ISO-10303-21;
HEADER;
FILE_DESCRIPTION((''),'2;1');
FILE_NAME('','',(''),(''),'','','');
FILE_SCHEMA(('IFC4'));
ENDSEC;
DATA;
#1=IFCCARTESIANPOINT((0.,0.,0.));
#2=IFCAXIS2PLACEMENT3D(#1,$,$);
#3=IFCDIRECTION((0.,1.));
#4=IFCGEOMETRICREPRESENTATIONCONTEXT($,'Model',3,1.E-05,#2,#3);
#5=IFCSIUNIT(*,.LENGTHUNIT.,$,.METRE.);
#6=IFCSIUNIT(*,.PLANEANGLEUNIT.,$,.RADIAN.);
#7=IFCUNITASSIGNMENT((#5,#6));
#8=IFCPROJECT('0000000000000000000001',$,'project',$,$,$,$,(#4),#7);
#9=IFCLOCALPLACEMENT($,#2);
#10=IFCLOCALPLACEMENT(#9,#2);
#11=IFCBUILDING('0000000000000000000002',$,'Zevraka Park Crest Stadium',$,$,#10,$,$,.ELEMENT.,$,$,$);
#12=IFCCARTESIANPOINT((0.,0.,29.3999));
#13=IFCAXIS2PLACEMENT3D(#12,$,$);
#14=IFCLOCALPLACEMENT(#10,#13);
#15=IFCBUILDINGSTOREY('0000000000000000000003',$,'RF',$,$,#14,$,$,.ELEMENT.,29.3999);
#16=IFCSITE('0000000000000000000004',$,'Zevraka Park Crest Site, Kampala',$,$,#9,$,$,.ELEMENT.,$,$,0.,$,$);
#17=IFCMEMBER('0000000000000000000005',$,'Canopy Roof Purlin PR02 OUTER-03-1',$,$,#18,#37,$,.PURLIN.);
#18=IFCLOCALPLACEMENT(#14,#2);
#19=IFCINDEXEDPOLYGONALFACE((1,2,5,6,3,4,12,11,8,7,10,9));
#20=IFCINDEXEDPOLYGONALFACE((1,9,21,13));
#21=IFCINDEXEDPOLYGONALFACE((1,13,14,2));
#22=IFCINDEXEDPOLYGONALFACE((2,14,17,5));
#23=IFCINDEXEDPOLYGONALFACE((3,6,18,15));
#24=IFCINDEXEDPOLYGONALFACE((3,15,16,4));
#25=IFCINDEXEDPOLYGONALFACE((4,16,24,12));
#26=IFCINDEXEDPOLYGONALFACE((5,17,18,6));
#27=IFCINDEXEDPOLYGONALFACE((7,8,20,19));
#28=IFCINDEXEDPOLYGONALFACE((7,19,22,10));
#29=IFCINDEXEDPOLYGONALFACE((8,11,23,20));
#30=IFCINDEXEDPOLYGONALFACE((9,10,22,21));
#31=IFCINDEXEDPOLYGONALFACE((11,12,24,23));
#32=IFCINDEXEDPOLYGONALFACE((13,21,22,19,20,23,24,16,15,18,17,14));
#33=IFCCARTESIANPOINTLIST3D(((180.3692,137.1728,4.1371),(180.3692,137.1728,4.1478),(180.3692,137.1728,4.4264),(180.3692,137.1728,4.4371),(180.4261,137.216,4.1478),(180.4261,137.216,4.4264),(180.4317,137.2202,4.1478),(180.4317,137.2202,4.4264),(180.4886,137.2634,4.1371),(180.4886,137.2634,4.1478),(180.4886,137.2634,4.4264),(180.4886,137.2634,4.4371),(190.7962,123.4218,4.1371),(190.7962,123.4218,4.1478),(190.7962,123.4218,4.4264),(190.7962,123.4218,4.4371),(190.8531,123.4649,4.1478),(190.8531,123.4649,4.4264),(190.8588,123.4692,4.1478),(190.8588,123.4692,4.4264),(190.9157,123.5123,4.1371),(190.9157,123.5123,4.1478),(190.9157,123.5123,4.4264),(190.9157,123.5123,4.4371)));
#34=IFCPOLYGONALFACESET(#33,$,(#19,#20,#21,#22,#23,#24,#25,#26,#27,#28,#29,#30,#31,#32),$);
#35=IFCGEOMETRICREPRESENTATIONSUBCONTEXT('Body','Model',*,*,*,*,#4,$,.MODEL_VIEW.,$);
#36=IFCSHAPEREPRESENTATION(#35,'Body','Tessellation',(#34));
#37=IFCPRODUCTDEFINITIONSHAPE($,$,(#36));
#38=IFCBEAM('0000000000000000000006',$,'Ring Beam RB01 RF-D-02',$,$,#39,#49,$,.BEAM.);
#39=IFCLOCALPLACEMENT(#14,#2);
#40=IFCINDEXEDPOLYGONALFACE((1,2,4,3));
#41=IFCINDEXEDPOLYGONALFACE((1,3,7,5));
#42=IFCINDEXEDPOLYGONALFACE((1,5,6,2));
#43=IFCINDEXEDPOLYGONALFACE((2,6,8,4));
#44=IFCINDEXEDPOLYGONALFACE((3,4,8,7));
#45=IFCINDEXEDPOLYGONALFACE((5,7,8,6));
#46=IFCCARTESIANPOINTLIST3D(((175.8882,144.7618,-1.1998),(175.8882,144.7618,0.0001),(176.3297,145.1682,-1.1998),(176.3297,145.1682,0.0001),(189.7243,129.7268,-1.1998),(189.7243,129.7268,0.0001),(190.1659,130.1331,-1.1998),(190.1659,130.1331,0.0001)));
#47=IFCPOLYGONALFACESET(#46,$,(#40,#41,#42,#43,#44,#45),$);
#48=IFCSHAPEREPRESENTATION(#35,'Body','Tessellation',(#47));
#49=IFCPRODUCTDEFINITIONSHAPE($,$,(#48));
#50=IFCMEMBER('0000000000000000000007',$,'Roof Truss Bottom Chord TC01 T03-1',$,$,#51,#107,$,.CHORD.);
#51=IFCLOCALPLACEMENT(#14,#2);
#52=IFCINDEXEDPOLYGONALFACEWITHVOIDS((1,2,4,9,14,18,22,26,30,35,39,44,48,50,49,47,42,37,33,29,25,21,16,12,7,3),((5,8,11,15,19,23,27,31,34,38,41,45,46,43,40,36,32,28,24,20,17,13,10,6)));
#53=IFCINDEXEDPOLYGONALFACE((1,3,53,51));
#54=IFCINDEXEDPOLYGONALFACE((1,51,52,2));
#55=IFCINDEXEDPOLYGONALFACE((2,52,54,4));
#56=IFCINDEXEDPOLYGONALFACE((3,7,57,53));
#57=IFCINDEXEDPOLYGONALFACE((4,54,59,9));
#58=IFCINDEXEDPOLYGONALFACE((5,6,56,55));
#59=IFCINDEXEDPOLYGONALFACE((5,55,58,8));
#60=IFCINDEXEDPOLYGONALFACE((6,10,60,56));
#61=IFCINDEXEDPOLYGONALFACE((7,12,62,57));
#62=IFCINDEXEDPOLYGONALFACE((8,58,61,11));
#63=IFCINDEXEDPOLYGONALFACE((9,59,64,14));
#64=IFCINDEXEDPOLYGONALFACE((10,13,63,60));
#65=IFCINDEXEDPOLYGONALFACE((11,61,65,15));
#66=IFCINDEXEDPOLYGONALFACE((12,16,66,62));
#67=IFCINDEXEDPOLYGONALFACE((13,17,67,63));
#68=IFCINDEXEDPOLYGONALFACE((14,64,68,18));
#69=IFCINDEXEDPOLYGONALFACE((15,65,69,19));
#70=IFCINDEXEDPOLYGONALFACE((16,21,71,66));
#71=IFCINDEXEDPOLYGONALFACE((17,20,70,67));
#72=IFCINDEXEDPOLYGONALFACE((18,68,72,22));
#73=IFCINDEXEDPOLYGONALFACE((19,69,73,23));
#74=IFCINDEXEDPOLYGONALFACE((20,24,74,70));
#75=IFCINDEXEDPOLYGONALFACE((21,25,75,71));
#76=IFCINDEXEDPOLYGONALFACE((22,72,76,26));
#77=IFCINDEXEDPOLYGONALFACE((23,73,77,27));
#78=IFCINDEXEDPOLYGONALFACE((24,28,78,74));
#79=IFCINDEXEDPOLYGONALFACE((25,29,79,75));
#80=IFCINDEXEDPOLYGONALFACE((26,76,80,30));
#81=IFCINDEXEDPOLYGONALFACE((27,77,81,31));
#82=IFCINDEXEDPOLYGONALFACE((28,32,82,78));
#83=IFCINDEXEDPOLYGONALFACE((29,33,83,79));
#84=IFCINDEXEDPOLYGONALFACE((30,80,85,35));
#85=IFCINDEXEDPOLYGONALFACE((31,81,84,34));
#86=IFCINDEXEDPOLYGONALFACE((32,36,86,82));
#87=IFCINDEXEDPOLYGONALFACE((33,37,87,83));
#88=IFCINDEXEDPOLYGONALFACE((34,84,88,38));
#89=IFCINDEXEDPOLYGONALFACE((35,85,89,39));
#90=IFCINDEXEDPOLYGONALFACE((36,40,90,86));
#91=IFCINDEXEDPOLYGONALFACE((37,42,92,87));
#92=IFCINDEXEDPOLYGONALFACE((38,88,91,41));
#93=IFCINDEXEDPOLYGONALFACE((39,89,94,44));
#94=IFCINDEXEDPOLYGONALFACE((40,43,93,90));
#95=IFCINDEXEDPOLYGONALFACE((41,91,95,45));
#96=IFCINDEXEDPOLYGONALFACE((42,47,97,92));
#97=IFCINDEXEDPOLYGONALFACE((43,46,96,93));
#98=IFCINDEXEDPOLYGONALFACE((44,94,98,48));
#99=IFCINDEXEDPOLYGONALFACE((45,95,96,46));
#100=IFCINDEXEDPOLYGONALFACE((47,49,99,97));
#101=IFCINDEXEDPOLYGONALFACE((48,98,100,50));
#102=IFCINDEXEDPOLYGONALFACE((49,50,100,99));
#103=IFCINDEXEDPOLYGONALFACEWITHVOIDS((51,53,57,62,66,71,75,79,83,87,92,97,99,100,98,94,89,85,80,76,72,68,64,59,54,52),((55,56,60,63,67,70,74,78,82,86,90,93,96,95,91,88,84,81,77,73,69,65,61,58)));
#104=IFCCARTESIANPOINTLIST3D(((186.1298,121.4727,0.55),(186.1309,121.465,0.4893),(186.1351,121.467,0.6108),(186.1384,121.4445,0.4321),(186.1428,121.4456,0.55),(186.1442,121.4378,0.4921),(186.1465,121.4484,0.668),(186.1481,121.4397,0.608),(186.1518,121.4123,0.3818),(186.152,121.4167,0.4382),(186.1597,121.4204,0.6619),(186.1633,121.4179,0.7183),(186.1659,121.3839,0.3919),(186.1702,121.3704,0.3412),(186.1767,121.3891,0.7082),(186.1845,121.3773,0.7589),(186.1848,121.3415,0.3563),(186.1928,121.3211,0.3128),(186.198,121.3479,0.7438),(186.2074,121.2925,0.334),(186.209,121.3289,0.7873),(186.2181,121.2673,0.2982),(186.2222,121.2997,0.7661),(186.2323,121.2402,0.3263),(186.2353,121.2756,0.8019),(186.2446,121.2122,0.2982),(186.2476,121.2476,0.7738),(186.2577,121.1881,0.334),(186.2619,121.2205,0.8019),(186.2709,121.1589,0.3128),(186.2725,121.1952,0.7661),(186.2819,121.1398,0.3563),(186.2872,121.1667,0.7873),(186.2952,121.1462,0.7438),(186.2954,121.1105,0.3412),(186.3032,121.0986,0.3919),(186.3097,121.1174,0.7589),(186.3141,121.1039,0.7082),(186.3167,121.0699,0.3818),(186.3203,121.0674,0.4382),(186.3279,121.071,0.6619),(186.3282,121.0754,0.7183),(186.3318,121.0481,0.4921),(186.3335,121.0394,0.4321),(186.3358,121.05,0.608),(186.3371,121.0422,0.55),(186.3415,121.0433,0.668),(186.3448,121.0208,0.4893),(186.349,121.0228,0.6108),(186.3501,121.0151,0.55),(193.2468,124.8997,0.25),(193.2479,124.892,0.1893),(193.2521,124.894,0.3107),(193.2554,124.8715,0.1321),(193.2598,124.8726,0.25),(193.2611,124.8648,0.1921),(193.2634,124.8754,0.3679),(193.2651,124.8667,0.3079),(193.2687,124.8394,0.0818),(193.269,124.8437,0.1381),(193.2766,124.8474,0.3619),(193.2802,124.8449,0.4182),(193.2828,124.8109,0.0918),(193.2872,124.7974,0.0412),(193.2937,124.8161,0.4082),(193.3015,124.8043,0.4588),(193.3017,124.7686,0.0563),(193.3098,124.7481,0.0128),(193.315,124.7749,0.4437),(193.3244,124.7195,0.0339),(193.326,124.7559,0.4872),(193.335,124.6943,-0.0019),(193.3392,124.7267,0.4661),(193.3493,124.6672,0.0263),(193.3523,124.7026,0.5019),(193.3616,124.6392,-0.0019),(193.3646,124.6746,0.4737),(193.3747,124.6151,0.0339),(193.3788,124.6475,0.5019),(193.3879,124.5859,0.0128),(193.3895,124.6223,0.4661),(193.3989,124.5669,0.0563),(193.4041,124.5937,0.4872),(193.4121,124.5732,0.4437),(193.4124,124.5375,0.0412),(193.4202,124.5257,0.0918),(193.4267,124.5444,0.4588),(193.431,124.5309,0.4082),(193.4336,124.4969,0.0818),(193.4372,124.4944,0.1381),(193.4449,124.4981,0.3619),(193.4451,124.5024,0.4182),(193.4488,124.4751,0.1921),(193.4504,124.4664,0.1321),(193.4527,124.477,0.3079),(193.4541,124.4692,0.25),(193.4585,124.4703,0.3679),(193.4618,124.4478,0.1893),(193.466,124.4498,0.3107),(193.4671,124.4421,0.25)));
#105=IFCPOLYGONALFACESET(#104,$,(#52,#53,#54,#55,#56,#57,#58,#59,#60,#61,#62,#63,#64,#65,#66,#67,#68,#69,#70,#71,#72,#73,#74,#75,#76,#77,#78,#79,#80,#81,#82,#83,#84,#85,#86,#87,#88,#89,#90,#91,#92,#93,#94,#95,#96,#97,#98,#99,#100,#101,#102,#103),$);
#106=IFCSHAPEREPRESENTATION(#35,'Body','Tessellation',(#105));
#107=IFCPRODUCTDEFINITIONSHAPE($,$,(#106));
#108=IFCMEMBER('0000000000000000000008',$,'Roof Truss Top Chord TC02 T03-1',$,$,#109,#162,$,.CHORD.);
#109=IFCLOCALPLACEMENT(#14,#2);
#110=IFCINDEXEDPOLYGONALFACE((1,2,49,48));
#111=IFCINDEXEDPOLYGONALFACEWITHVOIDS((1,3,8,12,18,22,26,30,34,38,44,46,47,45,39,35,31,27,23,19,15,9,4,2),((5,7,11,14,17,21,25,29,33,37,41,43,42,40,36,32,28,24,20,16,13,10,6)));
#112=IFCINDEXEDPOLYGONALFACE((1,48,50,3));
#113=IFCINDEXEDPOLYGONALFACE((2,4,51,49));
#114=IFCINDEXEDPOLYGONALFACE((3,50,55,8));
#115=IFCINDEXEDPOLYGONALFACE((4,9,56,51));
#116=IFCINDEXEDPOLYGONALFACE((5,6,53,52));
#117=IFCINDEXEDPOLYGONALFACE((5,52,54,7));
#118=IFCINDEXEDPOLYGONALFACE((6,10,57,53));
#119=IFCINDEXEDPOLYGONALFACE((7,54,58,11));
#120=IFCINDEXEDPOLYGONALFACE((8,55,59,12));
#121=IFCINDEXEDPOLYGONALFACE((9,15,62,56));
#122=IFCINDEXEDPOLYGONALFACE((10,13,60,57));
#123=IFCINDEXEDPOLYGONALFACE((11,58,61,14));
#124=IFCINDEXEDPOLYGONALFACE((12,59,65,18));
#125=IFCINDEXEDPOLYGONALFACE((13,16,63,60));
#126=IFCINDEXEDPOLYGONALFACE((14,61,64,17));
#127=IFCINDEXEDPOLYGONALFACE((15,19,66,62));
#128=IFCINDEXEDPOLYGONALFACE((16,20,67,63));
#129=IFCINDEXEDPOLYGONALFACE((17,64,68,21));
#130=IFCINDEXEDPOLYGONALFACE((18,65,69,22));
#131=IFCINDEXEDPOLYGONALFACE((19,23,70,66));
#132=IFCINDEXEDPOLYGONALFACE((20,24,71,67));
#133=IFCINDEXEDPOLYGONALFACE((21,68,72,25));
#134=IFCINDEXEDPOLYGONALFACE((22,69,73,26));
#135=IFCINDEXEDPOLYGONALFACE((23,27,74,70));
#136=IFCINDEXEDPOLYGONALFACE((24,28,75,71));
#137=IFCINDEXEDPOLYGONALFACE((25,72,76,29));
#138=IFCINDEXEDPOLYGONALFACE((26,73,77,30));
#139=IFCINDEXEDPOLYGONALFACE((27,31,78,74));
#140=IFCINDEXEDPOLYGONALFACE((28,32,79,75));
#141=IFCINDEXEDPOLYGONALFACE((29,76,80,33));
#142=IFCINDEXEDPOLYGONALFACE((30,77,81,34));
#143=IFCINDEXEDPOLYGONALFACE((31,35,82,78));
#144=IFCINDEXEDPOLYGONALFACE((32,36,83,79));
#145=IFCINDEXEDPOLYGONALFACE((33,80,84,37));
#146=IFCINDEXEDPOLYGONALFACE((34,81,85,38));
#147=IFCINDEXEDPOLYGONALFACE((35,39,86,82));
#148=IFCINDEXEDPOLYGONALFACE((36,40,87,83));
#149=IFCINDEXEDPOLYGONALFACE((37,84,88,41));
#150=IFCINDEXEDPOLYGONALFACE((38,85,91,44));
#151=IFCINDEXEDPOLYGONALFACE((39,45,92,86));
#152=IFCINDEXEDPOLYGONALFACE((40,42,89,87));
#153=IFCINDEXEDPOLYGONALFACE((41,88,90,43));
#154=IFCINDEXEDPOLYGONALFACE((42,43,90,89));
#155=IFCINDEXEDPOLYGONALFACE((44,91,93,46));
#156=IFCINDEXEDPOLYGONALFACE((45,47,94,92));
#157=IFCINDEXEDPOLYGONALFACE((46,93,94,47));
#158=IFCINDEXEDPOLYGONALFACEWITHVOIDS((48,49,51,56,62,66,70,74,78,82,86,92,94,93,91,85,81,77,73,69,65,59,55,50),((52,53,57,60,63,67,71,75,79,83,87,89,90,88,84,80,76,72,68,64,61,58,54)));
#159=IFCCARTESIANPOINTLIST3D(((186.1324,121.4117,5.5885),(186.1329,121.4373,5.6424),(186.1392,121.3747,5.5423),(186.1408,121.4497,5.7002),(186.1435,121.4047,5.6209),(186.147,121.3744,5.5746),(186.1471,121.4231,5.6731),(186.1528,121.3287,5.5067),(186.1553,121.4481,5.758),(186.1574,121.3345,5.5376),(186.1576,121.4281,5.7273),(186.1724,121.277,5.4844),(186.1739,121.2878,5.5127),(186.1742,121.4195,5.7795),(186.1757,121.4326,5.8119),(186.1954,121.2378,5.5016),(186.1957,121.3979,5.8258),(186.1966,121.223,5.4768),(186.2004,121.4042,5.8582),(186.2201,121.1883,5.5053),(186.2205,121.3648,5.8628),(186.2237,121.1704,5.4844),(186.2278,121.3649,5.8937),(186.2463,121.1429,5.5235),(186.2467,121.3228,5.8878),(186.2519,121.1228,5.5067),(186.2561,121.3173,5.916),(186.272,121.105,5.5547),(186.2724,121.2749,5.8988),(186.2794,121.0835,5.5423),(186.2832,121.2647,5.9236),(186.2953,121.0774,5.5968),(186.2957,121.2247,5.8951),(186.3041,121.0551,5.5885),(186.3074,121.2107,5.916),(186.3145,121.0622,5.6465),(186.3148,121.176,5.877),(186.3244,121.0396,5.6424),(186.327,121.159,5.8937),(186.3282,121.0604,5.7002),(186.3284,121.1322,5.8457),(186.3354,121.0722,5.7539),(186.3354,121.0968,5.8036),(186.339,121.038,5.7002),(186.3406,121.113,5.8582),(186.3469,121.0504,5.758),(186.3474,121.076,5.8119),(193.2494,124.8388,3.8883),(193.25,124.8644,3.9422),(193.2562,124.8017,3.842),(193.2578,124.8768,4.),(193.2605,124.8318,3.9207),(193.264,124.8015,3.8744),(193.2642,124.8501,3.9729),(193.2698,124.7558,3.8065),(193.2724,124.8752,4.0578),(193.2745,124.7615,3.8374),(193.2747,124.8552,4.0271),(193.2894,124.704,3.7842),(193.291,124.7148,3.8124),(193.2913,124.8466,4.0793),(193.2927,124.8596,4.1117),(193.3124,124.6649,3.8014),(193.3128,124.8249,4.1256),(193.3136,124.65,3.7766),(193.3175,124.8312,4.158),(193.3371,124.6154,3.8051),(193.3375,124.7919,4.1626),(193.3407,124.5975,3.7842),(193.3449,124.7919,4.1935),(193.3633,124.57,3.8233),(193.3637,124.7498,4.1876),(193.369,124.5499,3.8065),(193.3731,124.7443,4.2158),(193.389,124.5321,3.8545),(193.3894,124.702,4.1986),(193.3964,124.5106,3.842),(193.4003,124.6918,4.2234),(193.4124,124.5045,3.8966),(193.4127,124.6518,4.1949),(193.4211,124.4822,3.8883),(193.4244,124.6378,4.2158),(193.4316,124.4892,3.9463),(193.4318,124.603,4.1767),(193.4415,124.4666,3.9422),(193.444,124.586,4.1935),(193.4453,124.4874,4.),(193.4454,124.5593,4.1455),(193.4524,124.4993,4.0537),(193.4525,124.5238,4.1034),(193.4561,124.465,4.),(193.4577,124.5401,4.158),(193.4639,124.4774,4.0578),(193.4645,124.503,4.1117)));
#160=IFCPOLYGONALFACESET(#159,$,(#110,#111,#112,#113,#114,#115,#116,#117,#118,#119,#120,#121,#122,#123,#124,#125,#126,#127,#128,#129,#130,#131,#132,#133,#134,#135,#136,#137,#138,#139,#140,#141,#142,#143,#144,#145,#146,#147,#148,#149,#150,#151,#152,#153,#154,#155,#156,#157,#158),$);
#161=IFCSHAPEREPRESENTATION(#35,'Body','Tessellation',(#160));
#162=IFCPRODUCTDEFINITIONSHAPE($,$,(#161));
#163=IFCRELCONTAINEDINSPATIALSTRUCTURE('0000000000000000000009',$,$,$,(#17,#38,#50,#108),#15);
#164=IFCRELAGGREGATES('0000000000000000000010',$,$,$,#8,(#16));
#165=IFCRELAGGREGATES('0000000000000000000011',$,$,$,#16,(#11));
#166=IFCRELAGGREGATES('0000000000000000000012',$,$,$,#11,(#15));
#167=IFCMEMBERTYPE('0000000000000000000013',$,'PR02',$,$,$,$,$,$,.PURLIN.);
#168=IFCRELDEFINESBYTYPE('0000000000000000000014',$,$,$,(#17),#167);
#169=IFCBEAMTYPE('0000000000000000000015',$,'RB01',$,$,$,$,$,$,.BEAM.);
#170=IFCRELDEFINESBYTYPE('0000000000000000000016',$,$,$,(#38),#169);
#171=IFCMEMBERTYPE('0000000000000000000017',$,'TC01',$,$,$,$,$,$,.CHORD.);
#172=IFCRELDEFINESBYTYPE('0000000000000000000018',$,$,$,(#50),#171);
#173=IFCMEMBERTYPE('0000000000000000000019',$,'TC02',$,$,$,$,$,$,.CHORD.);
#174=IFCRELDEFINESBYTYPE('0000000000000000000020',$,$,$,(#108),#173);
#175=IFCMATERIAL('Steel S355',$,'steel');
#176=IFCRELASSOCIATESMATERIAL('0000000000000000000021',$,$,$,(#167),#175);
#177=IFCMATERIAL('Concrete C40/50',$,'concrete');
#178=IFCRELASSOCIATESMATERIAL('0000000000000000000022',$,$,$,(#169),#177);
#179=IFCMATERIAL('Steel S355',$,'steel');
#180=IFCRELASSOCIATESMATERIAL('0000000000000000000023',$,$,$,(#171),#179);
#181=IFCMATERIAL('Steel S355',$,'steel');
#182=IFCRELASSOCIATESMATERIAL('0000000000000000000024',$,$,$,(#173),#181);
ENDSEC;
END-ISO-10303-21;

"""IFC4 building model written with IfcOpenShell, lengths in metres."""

from ifc_helpers import new_model, si_unit, direction, frame, origin, origin_2d, place, context, subcontext, project, spatial, rectangle, hollow_circle, i_section, extrude, material, material_profile, profile_set, type_object, element, save


model = new_model("IFC4")

# Units and contexts
model_context = context("Model", 3, precision=1e-05, world=origin(), true_north=direction((0.0, 1.0)))
body_context = subcontext(model_context, "Body", "Model", "MODEL_VIEW")
ifc_project = project(units=[si_unit("LENGTHUNIT", "METRE"), si_unit("PLANEANGLEUNIT", "RADIAN")], contexts=[model_context])

# Site, building, storey
site_placement = place(None, origin())
site = spatial("IfcSite", under=ifc_project, at=site_placement, Name="Zevraka Park Crest Site, Kampala", CompositionType="ELEMENT", RefElevation=0.0)
building_placement = place(site_placement, origin())
building = spatial("IfcBuilding", under=site, at=building_placement, Name="Zevraka Park Crest Stadium", CompositionType="ELEMENT")
storey_placement = place(building_placement, frame((0.0, 0.0, 29.3999)))
storey = spatial("IfcBuildingStorey", under=building, at=storey_placement, Name="RF", CompositionType="ELEMENT", Elevation=29.3999)

# Member
ifc_material_1 = material(Name="Steel S355", Category="steel")
ifc_material_profile_1 = material_profile(ifc_material_1, i_section(OverallWidth=0.1499, OverallDepth=0.3, WebThickness=0.0071, FlangeThickness=0.0107, at=origin_2d()), Name="IPE 300")
ifc_profile_set_1 = profile_set([ifc_material_profile_1], Name="Steel S355")
member_type_1 = type_object("IfcMemberType", Name="PR02", PredefinedType="PURLIN", material=ifc_profile_set_1)
member_1_placement = place(storey_placement, frame((190.856, 123.467, 4.2871), z_axis=(-0.604211, 0.796824, 0.0), x_axis=(-0.796824, -0.604211, 0.0)))
element("IfcMember", 1, at=member_1_placement, inside=storey, type_object=member_type_1, Name="Canopy Roof Purlin PR02 OUTER-03-1", PredefinedType="PURLIN", context=body_context, shape_type="SweptSolid", body=[
    extrude(i_section(OverallWidth=0.1499, OverallDepth=0.3, WebThickness=0.0071, FlangeThickness=0.0107, at=origin_2d()), origin(), (0.0, 0.0, 1.0), 17.2573),
])

# Beam
ifc_material_2 = material(Name="Concrete C40/50", Category="concrete")
ifc_material_profile_2 = material_profile(ifc_material_2, rectangle(XDim=0.6001, YDim=1.2, at=origin_2d()), Name="RC 1200x600")
ifc_profile_set_2 = profile_set([ifc_material_profile_2], Name="Concrete C40/50")
beam_type = type_object("IfcBeamType", Name="RB01", PredefinedType="BEAM", material=ifc_profile_set_2)
beam_placement = place(storey_placement, frame((189.9451, 129.9299, -0.5999), z_axis=(-0.677158, 0.735837, 0.0), x_axis=(-0.735837, -0.677158, 0.0)))
element("IfcBeam", 2, at=beam_placement, inside=storey, type_object=beam_type, Name="Ring Beam RB01 RF-D-02", PredefinedType="BEAM", context=body_context, shape_type="SweptSolid", body=[
    extrude(rectangle(XDim=0.6001, YDim=1.2, at=origin_2d()), origin(), (0.0, 0.0, 1.0), 20.4326),
])

# Members
ifc_material_3 = material(Name="Steel S355", Category="steel")
ifc_material_profile_3 = material_profile(ifc_material_3, hollow_circle(Radius=0.2539, WallThickness=0.03, at=origin_2d()), Name="CHS 508.0x30")
ifc_profile_set_3 = profile_set([ifc_material_profile_3], Name="Steel S355")
member_type_2 = type_object("IfcMemberType", Name="TC01", PredefinedType="CHORD", material=ifc_profile_set_3)
member_2_placement = place(storey_placement, frame((193.3569, 124.6709, 0.25), z_axis=(-0.900336, -0.433536, 0.037958), x_axis=(0.433849, -0.900986, 0.0)))
element("IfcMember", 3, at=member_2_placement, inside=storey, type_object=member_type_2, Name="Roof Truss Bottom Chord TC01 T03-1", PredefinedType="CHORD", context=body_context, shape_type="SweptSolid", body=[
    extrude(hollow_circle(Radius=0.2539, WallThickness=0.03, at=origin_2d()), origin(), (0.0, 0.0, 1.0), 7.9048),
])
ifc_material_4 = material(Name="Steel S355", Category="steel")
ifc_material_profile_4 = material_profile(ifc_material_4, hollow_circle(Radius=0.2285, WallThickness=0.0249, at=origin_2d()), Name="CHS 457.0x25")
ifc_profile_set_4 = profile_set([ifc_material_profile_4], Name="Steel S355")
member_type_3 = type_object("IfcMemberType", Name="TC02", PredefinedType="CHORD", material=ifc_profile_set_4)
member_3_placement = place(storey_placement, frame((193.3569, 124.6709, 4.0), z_axis=(-0.880813, -0.424136, 0.210421), x_axis=(0.433849, -0.900986, 0.0)))
element("IfcMember", 4, at=member_3_placement, inside=storey, type_object=member_type_3, Name="Roof Truss Top Chord TC02 T03-1", PredefinedType="CHORD", context=body_context, shape_type="SweptSolid", body=[
    extrude(hollow_circle(Radius=0.2285, WallThickness=0.0249, at=origin_2d()), origin(), (0.0, 0.0, 1.0), 8.0801),
])

save(model, "model.ifc")
